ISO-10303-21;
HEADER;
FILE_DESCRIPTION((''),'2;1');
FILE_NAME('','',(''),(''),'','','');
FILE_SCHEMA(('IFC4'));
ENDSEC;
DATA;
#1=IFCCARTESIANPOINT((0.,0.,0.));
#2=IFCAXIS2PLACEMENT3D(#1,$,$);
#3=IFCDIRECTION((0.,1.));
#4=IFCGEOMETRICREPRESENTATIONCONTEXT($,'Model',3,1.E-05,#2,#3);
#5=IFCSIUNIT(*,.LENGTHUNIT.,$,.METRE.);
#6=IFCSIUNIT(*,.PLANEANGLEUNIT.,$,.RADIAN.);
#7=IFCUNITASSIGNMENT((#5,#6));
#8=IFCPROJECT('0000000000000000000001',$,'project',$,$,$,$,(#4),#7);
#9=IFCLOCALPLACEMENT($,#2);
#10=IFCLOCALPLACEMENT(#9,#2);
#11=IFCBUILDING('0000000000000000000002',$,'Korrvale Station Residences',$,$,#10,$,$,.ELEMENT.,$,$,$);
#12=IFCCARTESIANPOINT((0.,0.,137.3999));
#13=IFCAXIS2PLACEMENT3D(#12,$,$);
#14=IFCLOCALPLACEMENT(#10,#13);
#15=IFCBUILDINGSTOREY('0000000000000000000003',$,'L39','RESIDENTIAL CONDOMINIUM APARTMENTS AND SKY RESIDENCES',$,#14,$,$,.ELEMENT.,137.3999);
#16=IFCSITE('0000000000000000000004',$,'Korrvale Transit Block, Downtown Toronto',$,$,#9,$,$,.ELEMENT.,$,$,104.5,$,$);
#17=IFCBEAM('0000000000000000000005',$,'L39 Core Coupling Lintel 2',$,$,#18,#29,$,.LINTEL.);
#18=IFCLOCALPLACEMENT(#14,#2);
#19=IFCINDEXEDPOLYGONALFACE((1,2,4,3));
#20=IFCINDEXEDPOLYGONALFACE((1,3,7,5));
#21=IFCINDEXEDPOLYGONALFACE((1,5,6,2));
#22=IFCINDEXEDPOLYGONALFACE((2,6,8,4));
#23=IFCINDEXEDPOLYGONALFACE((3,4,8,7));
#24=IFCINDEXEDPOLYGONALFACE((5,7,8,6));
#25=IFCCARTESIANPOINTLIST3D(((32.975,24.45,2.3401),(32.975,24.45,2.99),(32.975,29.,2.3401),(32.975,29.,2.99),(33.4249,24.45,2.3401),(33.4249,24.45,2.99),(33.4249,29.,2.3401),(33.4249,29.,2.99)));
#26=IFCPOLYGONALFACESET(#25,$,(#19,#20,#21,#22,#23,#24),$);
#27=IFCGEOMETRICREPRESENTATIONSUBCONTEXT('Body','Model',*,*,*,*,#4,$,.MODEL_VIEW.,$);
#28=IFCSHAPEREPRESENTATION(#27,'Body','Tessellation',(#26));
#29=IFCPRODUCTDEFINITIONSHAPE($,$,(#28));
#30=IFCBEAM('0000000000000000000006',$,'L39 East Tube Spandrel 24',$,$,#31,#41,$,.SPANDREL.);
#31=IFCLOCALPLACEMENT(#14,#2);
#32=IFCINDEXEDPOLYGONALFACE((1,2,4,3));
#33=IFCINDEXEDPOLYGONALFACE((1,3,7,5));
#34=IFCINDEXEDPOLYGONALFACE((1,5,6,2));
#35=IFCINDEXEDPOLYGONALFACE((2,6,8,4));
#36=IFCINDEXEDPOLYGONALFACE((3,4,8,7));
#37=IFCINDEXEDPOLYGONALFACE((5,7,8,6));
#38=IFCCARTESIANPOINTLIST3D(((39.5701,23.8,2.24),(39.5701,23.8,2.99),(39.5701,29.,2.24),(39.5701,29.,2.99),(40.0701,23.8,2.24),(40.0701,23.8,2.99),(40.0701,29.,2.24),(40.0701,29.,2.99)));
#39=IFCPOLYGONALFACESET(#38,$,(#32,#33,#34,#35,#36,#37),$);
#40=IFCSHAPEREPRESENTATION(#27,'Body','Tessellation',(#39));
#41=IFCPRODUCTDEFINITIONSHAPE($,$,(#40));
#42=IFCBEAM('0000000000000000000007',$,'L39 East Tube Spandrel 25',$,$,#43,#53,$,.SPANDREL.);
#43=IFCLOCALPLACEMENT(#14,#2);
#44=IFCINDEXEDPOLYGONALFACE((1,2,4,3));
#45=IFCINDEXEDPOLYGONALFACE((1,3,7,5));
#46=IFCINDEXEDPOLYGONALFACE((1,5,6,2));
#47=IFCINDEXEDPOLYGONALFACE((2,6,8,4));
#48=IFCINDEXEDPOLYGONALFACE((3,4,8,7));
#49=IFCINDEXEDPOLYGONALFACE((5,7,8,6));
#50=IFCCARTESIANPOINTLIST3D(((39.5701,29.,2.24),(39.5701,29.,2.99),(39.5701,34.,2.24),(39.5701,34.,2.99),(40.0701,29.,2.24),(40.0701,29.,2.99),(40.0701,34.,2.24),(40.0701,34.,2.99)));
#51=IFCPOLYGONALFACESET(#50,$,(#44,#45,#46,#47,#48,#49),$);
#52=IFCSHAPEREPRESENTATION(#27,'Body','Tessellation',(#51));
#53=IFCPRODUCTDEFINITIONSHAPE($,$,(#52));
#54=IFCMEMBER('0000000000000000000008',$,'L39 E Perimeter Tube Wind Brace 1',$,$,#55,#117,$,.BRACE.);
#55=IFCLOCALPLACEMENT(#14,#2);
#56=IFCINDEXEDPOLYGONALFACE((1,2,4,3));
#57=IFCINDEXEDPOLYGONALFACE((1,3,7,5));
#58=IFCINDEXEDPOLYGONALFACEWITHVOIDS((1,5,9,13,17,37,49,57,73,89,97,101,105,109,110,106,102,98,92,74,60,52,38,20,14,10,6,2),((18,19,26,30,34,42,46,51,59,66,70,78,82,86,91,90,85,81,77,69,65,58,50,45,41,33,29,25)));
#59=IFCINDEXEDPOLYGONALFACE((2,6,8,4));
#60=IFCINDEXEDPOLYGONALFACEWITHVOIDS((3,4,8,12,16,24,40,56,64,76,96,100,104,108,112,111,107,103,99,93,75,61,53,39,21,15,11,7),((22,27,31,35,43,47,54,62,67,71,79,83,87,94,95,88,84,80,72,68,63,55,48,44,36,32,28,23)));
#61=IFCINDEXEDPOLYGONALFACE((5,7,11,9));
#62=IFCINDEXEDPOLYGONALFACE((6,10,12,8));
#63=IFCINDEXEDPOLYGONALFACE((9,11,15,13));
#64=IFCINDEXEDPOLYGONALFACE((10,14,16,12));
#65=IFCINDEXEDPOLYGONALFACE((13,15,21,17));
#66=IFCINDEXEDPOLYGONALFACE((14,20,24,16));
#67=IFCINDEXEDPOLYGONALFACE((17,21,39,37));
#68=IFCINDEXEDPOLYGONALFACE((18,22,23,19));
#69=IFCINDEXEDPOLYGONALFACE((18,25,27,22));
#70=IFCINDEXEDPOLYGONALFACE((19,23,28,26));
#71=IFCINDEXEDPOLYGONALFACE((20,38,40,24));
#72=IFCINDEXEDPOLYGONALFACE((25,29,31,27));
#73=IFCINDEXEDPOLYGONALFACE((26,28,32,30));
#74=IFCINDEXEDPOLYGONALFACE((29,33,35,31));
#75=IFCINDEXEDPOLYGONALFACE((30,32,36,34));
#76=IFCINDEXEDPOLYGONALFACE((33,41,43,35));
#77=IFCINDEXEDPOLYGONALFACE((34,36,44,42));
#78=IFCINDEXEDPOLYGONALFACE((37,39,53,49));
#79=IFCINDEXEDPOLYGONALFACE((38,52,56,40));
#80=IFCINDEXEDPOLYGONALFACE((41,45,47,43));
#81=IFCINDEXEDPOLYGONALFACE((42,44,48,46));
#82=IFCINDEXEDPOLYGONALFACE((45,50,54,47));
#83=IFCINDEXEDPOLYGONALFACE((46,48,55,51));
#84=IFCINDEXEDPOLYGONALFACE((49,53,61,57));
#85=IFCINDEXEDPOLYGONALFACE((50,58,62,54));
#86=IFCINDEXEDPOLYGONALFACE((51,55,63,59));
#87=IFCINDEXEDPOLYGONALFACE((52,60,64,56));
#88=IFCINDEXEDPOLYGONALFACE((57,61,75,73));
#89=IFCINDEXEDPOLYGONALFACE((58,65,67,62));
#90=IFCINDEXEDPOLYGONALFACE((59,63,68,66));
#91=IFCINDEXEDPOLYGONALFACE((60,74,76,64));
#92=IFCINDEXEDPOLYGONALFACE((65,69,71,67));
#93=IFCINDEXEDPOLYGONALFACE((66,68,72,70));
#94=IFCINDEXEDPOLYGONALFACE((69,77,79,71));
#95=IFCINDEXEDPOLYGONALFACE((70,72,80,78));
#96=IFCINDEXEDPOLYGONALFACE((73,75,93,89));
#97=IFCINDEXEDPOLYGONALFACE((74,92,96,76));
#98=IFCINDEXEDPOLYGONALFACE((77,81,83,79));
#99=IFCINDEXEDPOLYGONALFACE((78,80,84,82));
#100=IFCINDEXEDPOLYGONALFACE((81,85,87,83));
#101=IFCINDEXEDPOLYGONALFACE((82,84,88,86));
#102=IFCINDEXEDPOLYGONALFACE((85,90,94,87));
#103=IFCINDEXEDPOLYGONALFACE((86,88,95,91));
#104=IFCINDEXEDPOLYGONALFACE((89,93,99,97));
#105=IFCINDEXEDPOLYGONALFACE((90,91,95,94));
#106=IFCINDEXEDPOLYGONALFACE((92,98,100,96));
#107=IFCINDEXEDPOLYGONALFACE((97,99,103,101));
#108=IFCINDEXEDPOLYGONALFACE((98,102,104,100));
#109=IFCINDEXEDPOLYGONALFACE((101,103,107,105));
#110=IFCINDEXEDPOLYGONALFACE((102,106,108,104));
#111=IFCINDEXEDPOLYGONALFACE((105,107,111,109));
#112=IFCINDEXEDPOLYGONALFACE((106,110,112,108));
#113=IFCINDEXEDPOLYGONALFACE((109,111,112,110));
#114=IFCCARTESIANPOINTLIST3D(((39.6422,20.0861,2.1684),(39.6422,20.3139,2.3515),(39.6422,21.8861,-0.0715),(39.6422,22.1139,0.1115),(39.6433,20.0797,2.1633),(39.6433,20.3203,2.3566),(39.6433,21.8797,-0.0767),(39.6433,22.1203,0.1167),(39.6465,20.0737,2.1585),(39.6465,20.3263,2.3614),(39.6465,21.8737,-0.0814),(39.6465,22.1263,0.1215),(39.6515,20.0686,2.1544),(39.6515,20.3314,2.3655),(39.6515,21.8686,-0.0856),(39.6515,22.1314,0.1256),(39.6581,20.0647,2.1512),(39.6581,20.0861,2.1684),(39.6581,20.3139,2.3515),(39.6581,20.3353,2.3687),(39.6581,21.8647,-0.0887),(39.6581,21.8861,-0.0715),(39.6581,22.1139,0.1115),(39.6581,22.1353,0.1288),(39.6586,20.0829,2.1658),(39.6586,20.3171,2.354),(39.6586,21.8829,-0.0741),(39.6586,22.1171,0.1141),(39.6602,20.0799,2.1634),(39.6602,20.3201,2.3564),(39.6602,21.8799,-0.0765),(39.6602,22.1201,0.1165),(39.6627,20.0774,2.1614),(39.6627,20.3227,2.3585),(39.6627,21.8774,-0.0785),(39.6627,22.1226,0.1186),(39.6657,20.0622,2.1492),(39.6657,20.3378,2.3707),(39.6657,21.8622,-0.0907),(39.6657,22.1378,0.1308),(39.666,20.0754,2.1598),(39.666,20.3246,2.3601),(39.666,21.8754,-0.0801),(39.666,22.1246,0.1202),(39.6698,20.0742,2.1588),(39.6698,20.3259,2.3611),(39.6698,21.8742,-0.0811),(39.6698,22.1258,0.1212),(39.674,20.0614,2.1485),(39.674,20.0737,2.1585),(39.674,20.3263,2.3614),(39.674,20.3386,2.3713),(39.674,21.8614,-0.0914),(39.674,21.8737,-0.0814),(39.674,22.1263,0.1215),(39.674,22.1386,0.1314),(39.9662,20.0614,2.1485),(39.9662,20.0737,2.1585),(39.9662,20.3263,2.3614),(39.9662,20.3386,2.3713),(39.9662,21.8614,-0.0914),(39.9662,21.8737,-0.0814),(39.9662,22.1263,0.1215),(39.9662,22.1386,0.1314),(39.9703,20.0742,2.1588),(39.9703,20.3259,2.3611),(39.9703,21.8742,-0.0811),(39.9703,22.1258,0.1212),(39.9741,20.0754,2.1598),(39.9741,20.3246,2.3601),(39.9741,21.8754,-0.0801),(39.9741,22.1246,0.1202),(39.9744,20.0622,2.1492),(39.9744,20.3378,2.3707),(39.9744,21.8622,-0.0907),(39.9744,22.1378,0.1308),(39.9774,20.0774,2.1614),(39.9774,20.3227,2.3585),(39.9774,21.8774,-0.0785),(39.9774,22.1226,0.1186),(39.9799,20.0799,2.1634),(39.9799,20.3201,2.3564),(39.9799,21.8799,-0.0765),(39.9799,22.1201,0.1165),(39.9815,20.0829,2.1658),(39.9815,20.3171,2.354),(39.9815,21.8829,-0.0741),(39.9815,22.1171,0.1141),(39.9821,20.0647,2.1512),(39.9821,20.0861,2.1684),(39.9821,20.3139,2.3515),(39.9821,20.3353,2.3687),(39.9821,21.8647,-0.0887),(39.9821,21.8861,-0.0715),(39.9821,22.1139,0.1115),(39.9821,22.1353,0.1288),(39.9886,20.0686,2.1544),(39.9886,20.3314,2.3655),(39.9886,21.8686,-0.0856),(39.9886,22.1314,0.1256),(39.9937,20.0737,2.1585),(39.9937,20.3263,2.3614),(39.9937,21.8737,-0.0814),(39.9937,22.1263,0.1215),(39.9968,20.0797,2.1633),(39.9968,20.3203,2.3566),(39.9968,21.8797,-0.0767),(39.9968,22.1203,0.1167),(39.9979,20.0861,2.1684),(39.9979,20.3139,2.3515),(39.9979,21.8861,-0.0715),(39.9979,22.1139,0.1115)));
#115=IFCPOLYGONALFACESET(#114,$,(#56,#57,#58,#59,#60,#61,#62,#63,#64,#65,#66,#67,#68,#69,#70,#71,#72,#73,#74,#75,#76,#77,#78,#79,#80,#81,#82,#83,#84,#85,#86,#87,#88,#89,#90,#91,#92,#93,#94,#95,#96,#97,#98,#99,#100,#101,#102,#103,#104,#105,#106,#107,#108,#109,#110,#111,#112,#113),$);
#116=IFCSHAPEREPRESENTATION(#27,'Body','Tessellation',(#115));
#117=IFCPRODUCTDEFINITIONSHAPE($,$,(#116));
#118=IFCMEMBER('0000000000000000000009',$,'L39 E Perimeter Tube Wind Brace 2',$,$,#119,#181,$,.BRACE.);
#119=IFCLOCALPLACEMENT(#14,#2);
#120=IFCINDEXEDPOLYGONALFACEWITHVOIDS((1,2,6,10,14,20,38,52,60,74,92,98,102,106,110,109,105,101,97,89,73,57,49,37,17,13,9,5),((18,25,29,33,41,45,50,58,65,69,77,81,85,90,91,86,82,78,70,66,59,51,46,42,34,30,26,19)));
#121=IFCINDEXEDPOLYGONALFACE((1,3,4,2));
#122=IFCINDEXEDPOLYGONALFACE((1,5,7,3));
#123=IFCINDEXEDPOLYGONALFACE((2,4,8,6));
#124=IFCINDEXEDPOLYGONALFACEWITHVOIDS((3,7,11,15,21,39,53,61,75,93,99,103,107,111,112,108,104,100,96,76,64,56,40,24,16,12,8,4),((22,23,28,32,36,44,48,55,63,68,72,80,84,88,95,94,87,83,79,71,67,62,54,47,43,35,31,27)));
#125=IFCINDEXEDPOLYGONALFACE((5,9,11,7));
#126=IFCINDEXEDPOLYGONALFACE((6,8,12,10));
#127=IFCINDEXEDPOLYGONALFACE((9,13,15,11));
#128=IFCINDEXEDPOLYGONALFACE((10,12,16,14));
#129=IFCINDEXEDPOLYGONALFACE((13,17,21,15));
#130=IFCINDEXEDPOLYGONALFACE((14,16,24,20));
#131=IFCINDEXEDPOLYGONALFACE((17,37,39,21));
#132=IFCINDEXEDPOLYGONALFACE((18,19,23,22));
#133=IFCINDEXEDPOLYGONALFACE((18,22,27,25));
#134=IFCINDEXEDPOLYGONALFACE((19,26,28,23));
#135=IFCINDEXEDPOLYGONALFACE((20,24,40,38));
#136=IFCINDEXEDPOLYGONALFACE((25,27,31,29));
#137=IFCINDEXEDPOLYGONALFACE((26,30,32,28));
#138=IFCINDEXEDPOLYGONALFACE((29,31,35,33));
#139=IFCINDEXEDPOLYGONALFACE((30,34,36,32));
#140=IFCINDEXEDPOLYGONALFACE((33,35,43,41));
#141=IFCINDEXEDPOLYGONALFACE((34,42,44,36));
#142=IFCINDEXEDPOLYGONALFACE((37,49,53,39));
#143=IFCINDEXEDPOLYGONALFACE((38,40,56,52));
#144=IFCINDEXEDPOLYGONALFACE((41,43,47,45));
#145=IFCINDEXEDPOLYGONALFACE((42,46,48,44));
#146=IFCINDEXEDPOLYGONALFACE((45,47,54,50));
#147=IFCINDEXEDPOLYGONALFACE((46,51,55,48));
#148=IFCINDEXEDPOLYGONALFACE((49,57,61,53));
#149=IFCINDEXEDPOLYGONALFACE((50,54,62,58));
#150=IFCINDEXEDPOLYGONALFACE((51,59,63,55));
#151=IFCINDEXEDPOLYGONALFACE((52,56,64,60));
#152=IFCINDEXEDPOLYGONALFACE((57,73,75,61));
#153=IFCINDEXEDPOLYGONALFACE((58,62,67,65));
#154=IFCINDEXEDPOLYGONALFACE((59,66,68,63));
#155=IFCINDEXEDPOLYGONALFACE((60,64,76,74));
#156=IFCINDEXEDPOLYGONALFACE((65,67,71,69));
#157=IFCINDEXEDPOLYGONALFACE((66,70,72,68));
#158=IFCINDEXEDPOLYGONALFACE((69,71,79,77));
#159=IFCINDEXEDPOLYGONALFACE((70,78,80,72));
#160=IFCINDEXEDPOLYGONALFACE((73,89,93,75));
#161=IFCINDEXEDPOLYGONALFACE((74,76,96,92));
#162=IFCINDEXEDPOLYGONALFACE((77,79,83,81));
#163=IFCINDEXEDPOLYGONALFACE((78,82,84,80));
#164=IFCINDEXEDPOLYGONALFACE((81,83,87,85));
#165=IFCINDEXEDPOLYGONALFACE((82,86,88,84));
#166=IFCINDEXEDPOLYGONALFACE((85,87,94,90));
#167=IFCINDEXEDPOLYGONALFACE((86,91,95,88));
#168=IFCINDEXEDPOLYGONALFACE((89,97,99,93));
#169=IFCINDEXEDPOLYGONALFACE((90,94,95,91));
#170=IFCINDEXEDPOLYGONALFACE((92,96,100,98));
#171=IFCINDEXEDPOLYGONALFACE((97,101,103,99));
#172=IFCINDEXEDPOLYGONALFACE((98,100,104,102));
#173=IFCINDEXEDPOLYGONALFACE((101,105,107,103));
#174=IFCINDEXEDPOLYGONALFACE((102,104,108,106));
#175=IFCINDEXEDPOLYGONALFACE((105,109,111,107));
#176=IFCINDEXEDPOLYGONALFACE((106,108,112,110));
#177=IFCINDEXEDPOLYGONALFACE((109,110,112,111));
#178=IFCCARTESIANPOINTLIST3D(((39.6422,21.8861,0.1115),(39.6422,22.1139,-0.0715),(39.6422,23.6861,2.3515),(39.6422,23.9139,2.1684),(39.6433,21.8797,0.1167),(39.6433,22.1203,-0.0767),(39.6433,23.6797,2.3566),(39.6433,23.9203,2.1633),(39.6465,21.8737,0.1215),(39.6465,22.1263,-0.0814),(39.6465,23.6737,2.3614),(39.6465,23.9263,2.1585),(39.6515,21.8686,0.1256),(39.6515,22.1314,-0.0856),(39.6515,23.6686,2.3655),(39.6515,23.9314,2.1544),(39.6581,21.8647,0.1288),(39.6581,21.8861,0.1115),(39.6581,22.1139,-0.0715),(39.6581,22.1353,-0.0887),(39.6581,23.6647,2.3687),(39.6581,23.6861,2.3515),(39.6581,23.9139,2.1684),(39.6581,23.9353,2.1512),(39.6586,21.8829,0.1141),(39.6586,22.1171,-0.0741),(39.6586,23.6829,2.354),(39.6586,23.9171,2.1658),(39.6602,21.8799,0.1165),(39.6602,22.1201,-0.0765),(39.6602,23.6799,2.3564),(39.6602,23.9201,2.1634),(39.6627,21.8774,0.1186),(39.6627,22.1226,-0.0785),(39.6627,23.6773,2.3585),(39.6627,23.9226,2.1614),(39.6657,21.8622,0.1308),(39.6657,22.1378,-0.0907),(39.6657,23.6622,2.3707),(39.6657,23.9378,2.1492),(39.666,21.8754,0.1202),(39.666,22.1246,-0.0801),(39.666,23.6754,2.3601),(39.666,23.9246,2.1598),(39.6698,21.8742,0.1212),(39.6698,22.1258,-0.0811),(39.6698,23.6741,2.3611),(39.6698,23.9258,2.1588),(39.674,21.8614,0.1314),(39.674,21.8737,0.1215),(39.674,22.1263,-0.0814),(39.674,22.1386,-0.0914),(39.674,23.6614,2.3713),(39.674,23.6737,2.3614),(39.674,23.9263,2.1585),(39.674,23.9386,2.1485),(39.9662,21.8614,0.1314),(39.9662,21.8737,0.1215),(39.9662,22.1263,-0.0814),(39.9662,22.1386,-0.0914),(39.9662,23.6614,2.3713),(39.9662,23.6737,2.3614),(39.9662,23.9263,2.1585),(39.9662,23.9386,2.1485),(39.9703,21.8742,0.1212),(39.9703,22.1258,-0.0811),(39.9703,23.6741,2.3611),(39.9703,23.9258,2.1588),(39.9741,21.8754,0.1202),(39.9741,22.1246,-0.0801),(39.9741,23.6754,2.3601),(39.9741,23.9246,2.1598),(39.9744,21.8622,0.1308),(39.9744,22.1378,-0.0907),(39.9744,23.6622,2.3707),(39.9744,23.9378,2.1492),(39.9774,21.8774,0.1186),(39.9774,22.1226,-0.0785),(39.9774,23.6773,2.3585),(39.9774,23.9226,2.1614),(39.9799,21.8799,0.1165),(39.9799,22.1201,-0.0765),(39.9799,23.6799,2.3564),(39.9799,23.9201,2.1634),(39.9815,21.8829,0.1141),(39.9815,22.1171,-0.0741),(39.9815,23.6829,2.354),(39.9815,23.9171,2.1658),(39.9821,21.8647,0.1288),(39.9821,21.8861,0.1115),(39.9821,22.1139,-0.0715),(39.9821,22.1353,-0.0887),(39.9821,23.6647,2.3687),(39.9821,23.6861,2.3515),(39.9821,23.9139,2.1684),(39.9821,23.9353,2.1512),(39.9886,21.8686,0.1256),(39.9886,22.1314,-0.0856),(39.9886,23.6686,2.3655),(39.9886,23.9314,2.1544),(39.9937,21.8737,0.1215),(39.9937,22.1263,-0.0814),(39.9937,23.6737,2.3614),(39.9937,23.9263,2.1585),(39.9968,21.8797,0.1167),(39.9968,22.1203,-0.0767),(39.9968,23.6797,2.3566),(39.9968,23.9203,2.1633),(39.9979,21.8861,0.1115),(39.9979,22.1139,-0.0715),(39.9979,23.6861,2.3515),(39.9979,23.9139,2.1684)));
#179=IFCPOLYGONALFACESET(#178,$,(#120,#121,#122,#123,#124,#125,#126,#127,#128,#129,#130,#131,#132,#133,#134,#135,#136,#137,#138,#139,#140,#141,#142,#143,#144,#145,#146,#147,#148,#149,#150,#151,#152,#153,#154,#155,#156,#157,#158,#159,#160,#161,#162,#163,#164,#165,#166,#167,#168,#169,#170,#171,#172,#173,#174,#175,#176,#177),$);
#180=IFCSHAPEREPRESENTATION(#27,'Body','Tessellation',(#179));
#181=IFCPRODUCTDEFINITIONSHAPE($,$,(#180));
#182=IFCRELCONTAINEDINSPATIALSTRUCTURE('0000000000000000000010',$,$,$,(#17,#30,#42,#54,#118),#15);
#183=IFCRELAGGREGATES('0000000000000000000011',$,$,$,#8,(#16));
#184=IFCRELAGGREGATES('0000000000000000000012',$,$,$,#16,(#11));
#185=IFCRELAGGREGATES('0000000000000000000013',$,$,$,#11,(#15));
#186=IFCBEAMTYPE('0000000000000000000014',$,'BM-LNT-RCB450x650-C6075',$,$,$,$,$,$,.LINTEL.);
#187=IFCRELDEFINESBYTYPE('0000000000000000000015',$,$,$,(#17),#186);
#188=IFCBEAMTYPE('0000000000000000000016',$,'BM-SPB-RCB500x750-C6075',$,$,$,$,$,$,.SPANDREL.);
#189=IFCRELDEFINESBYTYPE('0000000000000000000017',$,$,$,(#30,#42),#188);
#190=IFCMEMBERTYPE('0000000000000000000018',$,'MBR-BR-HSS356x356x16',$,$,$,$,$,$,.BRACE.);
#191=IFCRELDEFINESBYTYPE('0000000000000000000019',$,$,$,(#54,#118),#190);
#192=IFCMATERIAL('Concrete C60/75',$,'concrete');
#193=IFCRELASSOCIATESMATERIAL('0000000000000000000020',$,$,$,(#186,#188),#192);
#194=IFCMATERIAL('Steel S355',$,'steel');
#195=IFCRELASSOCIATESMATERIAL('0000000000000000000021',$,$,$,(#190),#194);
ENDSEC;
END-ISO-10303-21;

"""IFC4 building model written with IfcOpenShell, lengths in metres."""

from ifc_helpers import new_model, si_unit, direction, frame, origin, origin_2d, place, context, subcontext, project, spatial, rectangle, hollow_rectangle, extrude, material, material_profile, profile_set, type_object, element, save


model = new_model("IFC4")

# Units and contexts
model_context = context("Model", 3, precision=1e-05, world=origin(), true_north=direction((0.0, 1.0)))
body_context = subcontext(model_context, "Body", "Model", "MODEL_VIEW")
ifc_project = project(units=[si_unit("LENGTHUNIT", "METRE"), si_unit("PLANEANGLEUNIT", "RADIAN")], contexts=[model_context])

# Site, building, storey
site_placement = place(None, origin())
site = spatial("IfcSite", under=ifc_project, at=site_placement, Name="Korrvale Transit Block, Downtown Toronto", CompositionType="ELEMENT", RefElevation=104.5)
building_placement = place(site_placement, origin())
building = spatial("IfcBuilding", under=site, at=building_placement, Name="Korrvale Station Residences", CompositionType="ELEMENT")
storey_placement = place(building_placement, frame((0.0, 0.0, 137.3999)))
storey = spatial("IfcBuildingStorey", under=building, at=storey_placement, Name="L39", Description="RESIDENTIAL CONDOMINIUM APARTMENTS AND SKY RESIDENCES", CompositionType="ELEMENT", Elevation=137.3999)

# Shared definitions
ifc_material_1 = material(Name="Concrete C60/75", Category="concrete")

# Beams
ifc_material_2 = material(Name="Steel S355", Category="steel")
ifc_material_profile_1 = material_profile(ifc_material_1, rectangle(XDim=0.45, YDim=0.6499, at=origin_2d()), Name="RCB450x650")
ifc_profile_set_1 = profile_set([ifc_material_profile_1], Name="Concrete C60/75")
beam_type_1 = type_object("IfcBeamType", Name="BM-LNT-RCB450x650-C6075", PredefinedType="LINTEL", material=ifc_profile_set_1)
beam_1_placement = place(storey_placement, frame((33.2, 24.45, 2.665), z_axis=(0.0, 1.0, 0.0), x_axis=(-1.0, 0.0, 0.0)))
element("IfcBeam", 1, at=beam_1_placement, inside=storey, type_object=beam_type_1, Name="L39 Core Coupling Lintel 2", PredefinedType="LINTEL", context=body_context, shape_type="SweptSolid", body=[
    extrude(rectangle(XDim=0.45, YDim=0.6499, at=origin_2d()), origin(), (0.0, 0.0, 1.0), 4.55),
])
ifc_material_profile_2 = material_profile(ifc_material_1, rectangle(XDim=0.5, YDim=0.75, at=origin_2d()), Name="RCB500x750")
ifc_profile_set_2 = profile_set([ifc_material_profile_2], Name="Concrete C60/75")
beam_type_2 = type_object("IfcBeamType", Name="BM-SPB-RCB500x750-C6075", PredefinedType="SPANDREL", material=ifc_profile_set_2)
beam_2_placement = place(storey_placement, frame((39.8201, 23.8, 2.615), z_axis=(0.0, 1.0, 0.0), x_axis=(-1.0, 0.0, 0.0)))
element("IfcBeam", 2, at=beam_2_placement, inside=storey, type_object=beam_type_2, Name="L39 East Tube Spandrel 24", PredefinedType="SPANDREL", context=body_context, shape_type="SweptSolid", body=[
    extrude(rectangle(XDim=0.5, YDim=0.75, at=origin_2d()), origin(), (0.0, 0.0, 1.0), 5.2),
])
beam_3_placement = place(storey_placement, frame((39.8201, 29.0, 2.615), z_axis=(0.0, 1.0, 0.0), x_axis=(-1.0, 0.0, 0.0)))
element("IfcBeam", 3, at=beam_3_placement, inside=storey, type_object=beam_type_2, Name="L39 East Tube Spandrel 25", PredefinedType="SPANDREL", context=body_context, shape_type="SweptSolid", body=[
    extrude(rectangle(XDim=0.5, YDim=0.75, at=origin_2d()), origin(), (0.0, 0.0, 1.0), 5.0),
])

# Members
ifc_material_profile_3 = material_profile(ifc_material_2, hollow_rectangle(XDim=0.3557, YDim=0.3557, WallThickness=0.0159, InnerFilletRadius=0.0159, OuterFilletRadius=0.0317, at=origin_2d()), Name="HSS356x356x16")
ifc_profile_set_3 = profile_set([ifc_material_profile_3], Name="Steel S355")
member_type = type_object("IfcMemberType", Name="MBR-BR-HSS356x356x16", PredefinedType="BRACE", material=ifc_profile_set_3)
for number, where, z_axis, x_axis, name in (
    (4, (39.8201, 22.0, 0.02), (0.0, -0.626403, 0.779499), (1.0, 0.0, 0.0), "L39 E Perimeter Tube Wind Brace 1"),
    (5, (39.8201, 22.0, 0.02), (0.0, 0.626403, 0.779499), (-1.0, 0.0, 0.0), "L39 E Perimeter Tube Wind Brace 2"),
):
    element("IfcMember", number, at=place(storey_placement, frame(where, z_axis=z_axis, x_axis=x_axis)), inside=storey, type_object=member_type, Name=name, PredefinedType="BRACE", context=body_context, shape_type="SweptSolid", body=[
        extrude(hollow_rectangle(XDim=0.3557, YDim=0.3557, WallThickness=0.0159, InnerFilletRadius=0.0159, OuterFilletRadius=0.0317, at=origin_2d()), origin(), (0.0, 0.0, 1.0), 2.8735),
    ])

save(model, "model.ifc")
